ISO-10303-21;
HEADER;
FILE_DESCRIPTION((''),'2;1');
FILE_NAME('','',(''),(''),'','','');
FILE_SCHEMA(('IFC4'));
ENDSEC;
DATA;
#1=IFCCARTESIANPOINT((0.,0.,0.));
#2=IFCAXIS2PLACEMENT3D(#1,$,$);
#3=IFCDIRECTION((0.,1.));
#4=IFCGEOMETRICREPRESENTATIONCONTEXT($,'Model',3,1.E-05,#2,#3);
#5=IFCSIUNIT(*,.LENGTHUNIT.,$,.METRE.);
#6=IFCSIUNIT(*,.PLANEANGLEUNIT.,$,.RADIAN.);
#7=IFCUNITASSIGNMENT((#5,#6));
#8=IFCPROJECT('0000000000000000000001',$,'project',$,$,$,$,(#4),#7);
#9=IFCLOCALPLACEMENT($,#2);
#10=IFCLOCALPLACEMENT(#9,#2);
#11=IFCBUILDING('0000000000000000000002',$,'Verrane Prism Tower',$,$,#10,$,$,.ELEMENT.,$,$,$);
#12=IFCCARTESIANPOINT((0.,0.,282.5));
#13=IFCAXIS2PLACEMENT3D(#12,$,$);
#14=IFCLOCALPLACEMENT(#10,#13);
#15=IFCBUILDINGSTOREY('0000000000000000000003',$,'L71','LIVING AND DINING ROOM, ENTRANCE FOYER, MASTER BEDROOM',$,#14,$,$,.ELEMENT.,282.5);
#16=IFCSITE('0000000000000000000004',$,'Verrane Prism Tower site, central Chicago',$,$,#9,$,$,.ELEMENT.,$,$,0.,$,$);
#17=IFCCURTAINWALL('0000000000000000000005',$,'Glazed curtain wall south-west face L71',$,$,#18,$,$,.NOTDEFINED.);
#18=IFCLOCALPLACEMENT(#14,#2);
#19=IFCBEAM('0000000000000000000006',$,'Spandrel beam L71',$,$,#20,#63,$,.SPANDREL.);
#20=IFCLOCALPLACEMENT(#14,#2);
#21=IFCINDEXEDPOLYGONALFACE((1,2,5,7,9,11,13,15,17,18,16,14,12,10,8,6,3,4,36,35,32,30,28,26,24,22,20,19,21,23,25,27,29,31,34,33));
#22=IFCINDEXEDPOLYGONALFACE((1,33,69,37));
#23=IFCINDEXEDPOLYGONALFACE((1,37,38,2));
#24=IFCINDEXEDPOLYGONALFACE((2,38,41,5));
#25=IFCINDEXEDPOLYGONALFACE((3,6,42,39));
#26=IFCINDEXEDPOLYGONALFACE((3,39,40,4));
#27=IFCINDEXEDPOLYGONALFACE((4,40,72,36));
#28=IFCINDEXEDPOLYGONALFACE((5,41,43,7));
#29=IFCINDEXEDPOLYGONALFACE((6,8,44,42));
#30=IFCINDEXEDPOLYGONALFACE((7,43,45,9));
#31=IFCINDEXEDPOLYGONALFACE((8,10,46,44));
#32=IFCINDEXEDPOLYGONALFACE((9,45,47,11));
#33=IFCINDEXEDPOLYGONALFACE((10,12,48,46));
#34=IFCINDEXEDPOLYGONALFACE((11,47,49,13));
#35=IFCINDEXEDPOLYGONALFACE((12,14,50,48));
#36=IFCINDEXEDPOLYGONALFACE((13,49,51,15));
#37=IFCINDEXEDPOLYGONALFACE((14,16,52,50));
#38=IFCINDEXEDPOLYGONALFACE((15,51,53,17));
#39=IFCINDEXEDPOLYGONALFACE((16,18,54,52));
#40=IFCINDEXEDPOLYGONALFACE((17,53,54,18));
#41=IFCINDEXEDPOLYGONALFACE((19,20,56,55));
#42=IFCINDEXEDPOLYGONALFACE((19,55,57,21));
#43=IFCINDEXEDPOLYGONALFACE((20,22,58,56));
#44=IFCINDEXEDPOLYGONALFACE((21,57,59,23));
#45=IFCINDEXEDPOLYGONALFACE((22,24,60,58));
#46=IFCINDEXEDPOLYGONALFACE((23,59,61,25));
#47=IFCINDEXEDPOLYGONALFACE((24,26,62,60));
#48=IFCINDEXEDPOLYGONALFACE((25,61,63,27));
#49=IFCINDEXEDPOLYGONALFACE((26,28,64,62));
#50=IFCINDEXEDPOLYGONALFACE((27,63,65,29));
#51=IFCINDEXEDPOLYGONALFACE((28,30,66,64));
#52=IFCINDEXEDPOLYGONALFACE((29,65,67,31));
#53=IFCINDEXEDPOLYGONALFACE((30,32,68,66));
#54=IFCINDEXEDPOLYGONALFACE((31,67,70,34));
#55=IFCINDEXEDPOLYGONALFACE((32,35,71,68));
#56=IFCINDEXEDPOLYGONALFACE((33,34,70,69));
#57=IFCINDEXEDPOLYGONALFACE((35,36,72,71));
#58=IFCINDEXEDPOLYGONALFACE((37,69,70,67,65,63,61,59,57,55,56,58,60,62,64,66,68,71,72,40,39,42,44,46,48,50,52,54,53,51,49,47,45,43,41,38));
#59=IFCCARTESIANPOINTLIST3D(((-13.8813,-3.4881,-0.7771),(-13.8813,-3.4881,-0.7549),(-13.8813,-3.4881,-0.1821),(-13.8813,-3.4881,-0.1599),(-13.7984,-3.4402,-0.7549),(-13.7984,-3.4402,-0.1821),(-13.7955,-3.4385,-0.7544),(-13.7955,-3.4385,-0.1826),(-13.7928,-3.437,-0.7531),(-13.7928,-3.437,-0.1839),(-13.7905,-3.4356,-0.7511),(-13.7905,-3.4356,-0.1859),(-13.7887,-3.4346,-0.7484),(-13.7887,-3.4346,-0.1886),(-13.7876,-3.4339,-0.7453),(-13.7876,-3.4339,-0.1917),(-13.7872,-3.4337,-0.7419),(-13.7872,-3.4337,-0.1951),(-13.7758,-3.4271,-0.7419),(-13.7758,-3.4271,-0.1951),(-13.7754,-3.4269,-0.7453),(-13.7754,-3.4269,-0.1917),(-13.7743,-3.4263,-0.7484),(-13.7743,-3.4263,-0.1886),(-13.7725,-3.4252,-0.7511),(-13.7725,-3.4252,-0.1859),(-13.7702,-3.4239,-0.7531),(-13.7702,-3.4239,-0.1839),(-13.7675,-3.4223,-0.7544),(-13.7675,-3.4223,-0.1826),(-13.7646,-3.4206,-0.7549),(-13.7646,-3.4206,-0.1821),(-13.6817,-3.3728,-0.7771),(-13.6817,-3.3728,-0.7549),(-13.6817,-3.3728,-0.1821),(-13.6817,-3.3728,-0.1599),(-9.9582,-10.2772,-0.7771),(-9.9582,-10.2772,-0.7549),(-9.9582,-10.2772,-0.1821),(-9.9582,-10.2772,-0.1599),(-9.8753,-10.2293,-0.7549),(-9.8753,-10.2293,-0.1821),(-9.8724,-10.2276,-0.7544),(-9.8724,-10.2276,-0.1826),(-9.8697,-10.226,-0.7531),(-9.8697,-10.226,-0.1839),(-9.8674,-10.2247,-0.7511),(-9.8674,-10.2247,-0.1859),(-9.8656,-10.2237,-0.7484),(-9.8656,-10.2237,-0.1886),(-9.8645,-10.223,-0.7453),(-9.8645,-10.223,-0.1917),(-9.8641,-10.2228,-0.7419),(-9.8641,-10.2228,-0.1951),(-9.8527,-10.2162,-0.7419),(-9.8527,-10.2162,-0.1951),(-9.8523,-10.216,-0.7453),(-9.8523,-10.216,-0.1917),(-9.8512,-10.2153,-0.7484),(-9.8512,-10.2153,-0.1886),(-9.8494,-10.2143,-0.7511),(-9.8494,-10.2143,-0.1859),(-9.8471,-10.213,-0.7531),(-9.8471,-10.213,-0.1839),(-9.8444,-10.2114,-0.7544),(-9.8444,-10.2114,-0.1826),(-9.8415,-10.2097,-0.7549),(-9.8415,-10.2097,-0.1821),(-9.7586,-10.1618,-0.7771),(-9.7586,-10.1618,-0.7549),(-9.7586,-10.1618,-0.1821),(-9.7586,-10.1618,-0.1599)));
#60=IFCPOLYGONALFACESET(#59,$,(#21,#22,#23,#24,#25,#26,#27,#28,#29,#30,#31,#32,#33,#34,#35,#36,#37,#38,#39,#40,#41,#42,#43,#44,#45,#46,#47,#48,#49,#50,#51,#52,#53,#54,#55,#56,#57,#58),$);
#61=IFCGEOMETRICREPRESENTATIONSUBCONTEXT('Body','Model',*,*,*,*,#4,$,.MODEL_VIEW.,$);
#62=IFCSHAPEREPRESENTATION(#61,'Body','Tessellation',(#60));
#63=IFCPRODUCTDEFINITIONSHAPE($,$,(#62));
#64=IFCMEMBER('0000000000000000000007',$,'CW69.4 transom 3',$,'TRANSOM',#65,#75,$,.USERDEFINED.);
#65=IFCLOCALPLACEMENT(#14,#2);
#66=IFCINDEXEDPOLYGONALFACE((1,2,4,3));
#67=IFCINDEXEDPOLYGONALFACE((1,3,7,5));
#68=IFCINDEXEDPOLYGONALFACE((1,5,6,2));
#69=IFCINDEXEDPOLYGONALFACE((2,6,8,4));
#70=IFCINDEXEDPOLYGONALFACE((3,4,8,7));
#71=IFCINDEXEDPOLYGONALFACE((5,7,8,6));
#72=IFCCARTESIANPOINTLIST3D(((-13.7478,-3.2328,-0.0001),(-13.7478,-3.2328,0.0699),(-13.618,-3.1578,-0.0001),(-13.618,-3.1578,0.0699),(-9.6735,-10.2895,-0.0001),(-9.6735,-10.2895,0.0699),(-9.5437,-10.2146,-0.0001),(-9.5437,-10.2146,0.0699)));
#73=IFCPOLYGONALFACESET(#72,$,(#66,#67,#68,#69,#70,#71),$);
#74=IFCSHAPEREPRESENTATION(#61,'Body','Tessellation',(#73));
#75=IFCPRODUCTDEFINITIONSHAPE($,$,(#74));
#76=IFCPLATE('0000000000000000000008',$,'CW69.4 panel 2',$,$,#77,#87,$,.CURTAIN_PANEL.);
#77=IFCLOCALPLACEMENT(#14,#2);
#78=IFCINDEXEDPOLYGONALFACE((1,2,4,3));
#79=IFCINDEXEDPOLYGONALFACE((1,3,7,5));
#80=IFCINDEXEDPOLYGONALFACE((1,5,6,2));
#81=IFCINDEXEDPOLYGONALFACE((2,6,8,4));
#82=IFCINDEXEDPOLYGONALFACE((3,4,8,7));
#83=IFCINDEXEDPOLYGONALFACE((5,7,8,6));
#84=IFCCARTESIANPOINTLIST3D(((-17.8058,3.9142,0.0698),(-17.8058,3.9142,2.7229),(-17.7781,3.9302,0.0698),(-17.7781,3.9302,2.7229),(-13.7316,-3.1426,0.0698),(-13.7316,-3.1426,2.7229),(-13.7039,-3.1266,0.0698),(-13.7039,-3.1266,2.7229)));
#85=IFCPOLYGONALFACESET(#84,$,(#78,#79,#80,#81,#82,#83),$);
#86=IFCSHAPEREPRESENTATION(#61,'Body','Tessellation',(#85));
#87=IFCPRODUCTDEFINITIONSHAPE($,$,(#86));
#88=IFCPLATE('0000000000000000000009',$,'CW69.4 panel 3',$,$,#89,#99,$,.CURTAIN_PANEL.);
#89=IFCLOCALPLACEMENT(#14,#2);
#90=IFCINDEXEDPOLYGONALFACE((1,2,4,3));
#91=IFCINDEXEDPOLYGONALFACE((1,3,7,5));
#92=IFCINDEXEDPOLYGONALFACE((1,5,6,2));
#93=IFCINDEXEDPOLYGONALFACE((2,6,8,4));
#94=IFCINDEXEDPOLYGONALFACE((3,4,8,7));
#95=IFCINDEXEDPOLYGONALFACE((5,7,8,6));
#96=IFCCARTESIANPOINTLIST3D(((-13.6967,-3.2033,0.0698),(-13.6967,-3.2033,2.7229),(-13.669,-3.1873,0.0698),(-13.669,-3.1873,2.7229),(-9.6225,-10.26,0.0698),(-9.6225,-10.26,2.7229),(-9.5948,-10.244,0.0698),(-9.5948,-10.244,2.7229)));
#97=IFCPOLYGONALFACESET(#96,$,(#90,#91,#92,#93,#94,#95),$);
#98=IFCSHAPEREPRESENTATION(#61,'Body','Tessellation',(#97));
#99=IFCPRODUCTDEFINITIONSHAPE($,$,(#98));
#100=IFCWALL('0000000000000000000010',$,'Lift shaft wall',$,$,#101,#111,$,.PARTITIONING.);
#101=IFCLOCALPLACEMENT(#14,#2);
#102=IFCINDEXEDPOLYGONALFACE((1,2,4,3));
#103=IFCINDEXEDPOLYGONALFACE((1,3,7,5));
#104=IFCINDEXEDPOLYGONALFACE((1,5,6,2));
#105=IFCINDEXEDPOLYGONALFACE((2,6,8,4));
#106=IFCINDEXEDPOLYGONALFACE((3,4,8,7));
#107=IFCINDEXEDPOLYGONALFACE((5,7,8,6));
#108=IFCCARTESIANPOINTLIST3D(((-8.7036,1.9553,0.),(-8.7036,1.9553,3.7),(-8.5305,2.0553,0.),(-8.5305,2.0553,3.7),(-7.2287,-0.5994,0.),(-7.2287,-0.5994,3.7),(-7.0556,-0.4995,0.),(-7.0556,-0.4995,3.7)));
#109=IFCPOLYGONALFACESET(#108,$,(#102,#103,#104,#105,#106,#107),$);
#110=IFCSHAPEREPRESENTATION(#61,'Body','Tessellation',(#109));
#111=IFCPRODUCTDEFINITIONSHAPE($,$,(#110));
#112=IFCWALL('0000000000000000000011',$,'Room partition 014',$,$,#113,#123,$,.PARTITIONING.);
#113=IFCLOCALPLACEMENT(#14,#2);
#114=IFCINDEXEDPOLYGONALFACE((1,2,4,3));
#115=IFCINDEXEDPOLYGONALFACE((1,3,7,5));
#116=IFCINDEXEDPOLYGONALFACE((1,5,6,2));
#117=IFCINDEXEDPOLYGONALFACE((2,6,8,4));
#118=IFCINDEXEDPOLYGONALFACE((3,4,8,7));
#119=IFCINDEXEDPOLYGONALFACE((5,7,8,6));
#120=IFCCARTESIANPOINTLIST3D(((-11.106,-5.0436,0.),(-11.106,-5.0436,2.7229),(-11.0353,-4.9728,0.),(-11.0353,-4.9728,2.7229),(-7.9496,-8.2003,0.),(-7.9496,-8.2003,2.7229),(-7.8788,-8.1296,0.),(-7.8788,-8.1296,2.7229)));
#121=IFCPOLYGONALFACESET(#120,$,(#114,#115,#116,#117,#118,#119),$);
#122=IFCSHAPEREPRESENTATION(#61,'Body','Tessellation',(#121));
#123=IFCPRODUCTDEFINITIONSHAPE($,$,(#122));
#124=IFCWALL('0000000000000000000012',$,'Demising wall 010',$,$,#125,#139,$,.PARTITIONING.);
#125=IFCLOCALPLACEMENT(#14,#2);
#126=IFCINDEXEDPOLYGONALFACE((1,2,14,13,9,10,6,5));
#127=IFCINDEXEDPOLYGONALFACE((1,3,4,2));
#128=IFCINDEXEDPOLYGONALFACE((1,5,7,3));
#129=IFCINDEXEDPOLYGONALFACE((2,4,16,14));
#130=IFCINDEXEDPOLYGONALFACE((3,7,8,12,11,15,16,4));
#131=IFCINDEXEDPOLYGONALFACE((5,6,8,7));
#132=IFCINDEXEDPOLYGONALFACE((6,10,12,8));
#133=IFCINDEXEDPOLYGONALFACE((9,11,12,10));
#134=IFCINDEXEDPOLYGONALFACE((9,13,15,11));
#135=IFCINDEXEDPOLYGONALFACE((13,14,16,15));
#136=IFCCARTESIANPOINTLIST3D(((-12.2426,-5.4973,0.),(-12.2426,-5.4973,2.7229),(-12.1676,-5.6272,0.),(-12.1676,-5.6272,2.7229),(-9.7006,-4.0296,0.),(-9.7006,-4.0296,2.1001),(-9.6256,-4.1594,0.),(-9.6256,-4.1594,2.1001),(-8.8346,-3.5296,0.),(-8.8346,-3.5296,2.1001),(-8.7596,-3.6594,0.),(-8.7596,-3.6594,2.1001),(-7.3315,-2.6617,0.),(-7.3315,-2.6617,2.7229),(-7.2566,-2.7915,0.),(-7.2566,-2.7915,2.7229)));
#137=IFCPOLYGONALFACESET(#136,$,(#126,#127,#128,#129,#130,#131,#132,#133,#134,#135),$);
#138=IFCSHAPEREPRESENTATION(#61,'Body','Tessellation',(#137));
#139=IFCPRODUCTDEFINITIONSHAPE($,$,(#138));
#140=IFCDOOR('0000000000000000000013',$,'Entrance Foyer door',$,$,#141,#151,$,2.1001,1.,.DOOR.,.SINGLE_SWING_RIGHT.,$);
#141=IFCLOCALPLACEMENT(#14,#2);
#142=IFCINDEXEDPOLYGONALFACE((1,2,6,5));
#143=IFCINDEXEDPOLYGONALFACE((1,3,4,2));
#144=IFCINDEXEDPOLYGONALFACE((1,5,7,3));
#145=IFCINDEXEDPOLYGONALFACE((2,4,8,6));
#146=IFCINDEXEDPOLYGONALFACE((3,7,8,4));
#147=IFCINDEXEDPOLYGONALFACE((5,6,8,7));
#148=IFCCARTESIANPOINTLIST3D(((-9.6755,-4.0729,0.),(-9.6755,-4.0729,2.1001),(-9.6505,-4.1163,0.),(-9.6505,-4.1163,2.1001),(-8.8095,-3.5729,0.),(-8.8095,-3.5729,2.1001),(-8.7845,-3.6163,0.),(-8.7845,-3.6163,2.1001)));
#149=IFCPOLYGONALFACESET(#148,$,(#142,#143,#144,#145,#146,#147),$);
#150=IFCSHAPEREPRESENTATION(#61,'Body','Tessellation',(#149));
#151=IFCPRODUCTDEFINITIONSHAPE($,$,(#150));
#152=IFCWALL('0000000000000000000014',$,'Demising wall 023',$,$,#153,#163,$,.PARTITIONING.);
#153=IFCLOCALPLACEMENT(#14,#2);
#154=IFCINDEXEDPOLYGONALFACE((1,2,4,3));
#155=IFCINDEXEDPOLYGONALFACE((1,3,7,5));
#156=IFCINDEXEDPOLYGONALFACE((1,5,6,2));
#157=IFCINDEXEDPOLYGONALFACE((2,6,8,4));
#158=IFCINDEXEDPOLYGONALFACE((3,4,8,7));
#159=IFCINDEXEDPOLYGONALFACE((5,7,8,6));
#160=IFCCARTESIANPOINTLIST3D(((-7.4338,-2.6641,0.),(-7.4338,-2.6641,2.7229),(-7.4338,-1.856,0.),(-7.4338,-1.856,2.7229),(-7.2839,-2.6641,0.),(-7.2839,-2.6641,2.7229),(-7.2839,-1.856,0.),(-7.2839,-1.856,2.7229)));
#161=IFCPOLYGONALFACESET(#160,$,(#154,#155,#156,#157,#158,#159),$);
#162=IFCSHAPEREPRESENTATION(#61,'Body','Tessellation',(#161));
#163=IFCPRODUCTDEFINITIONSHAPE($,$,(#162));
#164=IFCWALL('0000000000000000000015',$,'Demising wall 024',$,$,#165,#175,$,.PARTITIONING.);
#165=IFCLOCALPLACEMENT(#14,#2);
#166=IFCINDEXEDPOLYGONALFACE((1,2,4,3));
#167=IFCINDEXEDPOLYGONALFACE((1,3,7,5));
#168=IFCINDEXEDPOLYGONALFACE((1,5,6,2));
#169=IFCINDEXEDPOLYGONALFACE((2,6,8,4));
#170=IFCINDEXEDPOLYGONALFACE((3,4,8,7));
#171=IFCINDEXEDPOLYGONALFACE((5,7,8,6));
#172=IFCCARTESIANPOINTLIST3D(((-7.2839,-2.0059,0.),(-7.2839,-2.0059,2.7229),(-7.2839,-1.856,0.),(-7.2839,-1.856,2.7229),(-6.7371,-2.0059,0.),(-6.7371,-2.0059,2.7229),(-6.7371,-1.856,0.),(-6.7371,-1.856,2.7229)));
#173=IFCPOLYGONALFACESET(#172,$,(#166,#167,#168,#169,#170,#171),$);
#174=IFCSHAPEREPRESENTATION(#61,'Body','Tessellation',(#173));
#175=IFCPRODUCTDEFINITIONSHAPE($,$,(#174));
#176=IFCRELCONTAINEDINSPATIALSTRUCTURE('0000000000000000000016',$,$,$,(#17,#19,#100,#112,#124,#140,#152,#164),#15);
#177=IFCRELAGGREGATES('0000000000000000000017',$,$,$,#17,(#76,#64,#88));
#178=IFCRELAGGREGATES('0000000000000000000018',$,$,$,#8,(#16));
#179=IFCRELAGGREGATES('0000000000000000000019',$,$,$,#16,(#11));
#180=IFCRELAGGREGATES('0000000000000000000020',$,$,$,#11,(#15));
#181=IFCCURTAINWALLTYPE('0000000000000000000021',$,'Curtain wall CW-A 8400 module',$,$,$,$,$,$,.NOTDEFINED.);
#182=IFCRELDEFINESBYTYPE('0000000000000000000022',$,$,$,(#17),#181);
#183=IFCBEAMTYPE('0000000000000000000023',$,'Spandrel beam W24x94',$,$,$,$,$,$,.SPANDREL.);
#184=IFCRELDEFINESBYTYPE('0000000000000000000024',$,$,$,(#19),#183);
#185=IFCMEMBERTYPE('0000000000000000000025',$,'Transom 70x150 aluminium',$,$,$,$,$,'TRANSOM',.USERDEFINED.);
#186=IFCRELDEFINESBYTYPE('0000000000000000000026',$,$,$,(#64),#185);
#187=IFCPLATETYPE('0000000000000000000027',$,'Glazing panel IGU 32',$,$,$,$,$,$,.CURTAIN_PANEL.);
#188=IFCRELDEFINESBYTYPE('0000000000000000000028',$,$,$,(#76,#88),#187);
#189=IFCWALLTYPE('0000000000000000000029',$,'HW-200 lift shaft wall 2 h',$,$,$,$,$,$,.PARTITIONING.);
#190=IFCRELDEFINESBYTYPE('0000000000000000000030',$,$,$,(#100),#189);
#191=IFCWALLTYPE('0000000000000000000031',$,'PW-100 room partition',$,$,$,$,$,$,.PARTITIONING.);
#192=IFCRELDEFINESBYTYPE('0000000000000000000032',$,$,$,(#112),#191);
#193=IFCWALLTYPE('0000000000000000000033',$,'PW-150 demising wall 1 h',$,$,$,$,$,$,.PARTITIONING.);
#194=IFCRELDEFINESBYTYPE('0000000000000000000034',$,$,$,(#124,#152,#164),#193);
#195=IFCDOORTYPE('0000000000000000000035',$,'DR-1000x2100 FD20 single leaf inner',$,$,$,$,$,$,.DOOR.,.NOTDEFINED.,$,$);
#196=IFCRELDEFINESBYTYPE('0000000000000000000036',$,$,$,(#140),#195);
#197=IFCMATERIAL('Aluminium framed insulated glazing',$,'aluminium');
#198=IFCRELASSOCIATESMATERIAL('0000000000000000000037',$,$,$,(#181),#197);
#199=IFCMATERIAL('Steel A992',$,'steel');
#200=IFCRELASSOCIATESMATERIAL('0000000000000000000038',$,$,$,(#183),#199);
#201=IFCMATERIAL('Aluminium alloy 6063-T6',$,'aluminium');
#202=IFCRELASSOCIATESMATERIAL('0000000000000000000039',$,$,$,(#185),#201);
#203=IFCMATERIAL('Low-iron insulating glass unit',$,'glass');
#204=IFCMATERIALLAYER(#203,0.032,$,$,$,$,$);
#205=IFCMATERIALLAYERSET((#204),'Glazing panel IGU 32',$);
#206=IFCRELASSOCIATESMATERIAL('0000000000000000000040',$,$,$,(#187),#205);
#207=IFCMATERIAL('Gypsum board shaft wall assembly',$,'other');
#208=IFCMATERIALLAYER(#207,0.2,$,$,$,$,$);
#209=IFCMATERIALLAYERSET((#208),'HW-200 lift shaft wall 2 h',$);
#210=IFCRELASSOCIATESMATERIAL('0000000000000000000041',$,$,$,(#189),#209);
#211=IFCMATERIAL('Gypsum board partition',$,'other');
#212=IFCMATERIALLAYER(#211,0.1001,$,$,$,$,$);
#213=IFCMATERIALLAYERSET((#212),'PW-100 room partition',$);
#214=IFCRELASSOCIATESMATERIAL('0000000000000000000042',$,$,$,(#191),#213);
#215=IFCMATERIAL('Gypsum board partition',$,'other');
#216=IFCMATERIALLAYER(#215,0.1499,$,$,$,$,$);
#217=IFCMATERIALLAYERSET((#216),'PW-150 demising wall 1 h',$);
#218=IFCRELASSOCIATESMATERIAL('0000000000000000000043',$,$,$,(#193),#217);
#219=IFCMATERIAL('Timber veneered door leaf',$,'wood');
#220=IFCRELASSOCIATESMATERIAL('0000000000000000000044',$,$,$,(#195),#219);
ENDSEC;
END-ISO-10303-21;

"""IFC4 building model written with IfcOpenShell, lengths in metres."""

from ifc_helpers import new_model, si_unit, direction, frame, frame_2d, origin, origin_2d, place, context, subcontext, project, spatial, rectangle, i_section, extrude, material, layer, layer_set, material_profile, profile_set, type_object, element, fill, aggregate, save


model = new_model("IFC4")

# Units and contexts
model_context = context("Model", 3, precision=1e-05, world=origin(), true_north=direction((0.0, 1.0)))
body_context = subcontext(model_context, "Body", "Model", "MODEL_VIEW")
ifc_project = project(units=[si_unit("LENGTHUNIT", "METRE"), si_unit("PLANEANGLEUNIT", "RADIAN")], contexts=[model_context])

# Site, building, storey
site_placement = place(None, origin())
site = spatial("IfcSite", under=ifc_project, at=site_placement, Name="Verrane Prism Tower site, central Chicago", CompositionType="ELEMENT", RefElevation=0.0)
building_placement = place(site_placement, origin())
building = spatial("IfcBuilding", under=site, at=building_placement, Name="Verrane Prism Tower", CompositionType="ELEMENT")
storey_placement = place(building_placement, frame((0.0, 0.0, 282.5)))
storey = spatial("IfcBuildingStorey", under=building, at=storey_placement, Name="L71", Description="LIVING AND DINING ROOM, ENTRANCE FOYER, MASTER BEDROOM", CompositionType="ELEMENT", Elevation=282.5)

# Curtain wall
ifc_material_1 = material(Name="Aluminium framed insulated glazing", Category="aluminium")
curtain_wall_type = type_object("IfcCurtainWallType", Name="Curtain wall CW-A 8400 module", PredefinedType="NOTDEFINED", material=ifc_material_1)
curtain_wall_placement = place(storey_placement, origin())
curtain_wall = element("IfcCurtainWall", 1, at=curtain_wall_placement, inside=storey, type_object=curtain_wall_type, Name="Glazed curtain wall south-west face L71", PredefinedType="NOTDEFINED")

# Beam
ifc_material_2 = material(Name="Steel A992", Category="steel")
ifc_material_profile_1 = material_profile(ifc_material_2, i_section(OverallWidth=0.2305, OverallDepth=0.6172, WebThickness=0.0132, FlangeThickness=0.0222, FilletRadius=0.0129, at=origin_2d()), Name="W24x94")
ifc_profile_set_1 = profile_set([ifc_material_profile_1], Name="Steel A992")
beam_type_1 = type_object("IfcBeamType", Name="Spandrel beam W24x94", PredefinedType="SPANDREL", material=ifc_profile_set_1)
beam_1_placement = place(storey_placement, frame((-13.7815, -3.4304, -0.4685), z_axis=(0.500328, -0.865836, 0.0), x_axis=(0.865836, 0.500328, 0.0)))
element("IfcBeam", 2, at=beam_1_placement, inside=storey, type_object=beam_type_1, Name="Spandrel beam L71", PredefinedType="SPANDREL", context=body_context, shape_type="SweptSolid", body=[
    extrude(i_section(OverallWidth=0.2305, OverallDepth=0.6172, WebThickness=0.0132, FlangeThickness=0.0222, FilletRadius=0.0129, at=origin_2d()), origin(), (0.0, 0.0, 1.0), 7.8411),
])

# Member
ifc_material_3 = material(Name="Aluminium alloy 6063-T6", Category="aluminium")
ifc_material_profile_2 = material_profile(ifc_material_3, rectangle(XDim=0.1499, YDim=0.0701, at=origin_2d()), Name="Transom 70x150 aluminium")
ifc_profile_set_2 = profile_set([ifc_material_profile_2], Name="Aluminium alloy 6063-T6")
member_type_1 = type_object("IfcMemberType", Name="Transom 70x150 aluminium", ElementType="TRANSOM", PredefinedType="USERDEFINED", material=ifc_profile_set_2)
member_1_placement = place(storey_placement, frame((-13.6829, -3.1953, 0.0349), z_axis=(0.500006, -0.866022, 0.0), x_axis=(0.866022, 0.500006, 0.0)))
member_1 = element("IfcMember", 3, at=member_1_placement, type_object=member_type_1, Name="CW69.4 transom 3", ObjectType="TRANSOM", PredefinedType="USERDEFINED", context=body_context, shape_type="SweptSolid", body=[
    extrude(rectangle(XDim=0.1499, YDim=0.0701, at=origin_2d()), origin(), (0.0, 0.0, 1.0), 8.1484),
])

# Plates
ifc_material_4 = material(Name="Low-iron insulating glass unit", Category="glass")
ifc_layer_1 = layer(ifc_material_4, 0.032)
ifc_layer_set_1 = layer_set([ifc_layer_1], Name="Glazing panel IGU 32")
plate_type = type_object("IfcPlateType", Name="Glazing panel IGU 32", PredefinedType="CURTAIN_PANEL", material=ifc_layer_set_1)
plate_1_placement = place(storey_placement, frame((-15.7549, 0.3938, 0.0698), z_axis=(0.0, 0.0, 1.0), x_axis=(0.500001, -0.866025, 0.0)))
plate_1 = element("IfcPlate", 4, at=plate_1_placement, type_object=plate_type, Name="CW69.4 panel 2", PredefinedType="CURTAIN_PANEL", context=body_context, shape_type="SweptSolid", body=[
    extrude(rectangle(XDim=8.1484, YDim=0.032, at=origin_2d()), origin(), (0.0, 0.0, 1.0), 2.6531),
])
plate_2_placement = place(storey_placement, frame((-11.6458, -6.7236, 0.0698), z_axis=(0.0, 0.0, 1.0), x_axis=(0.500001, -0.866025, 0.0)))
plate_2 = element("IfcPlate", 5, at=plate_2_placement, type_object=plate_type, Name="CW69.4 panel 3", PredefinedType="CURTAIN_PANEL", context=body_context, shape_type="SweptSolid", body=[
    extrude(rectangle(XDim=8.1484, YDim=0.032, at=origin_2d()), origin(), (0.0, 0.0, 1.0), 2.6531),
])
aggregate(curtain_wall, [plate_1, member_1, plate_2])

# Walls
ifc_material_5 = material(Name="Gypsum board shaft wall assembly", Category="other")
ifc_layer_2 = layer(ifc_material_5, 0.2)
ifc_layer_set_2 = layer_set([ifc_layer_2], Name="HW-200 lift shaft wall 2 h")
wall_type_1 = type_object("IfcWallType", Name="HW-200 lift shaft wall 2 h", PredefinedType="PARTITIONING", material=ifc_layer_set_2)
wall_1_placement = place(storey_placement, frame((-7.1421, -0.5496, 0.0), z_axis=(0.0, 0.0, 1.0), x_axis=(-0.499976, 0.866039, 0.0)))
element("IfcWall", 6, at=wall_1_placement, inside=storey, type_object=wall_type_1, Name="Lift shaft wall", PredefinedType="PARTITIONING", context=body_context, shape_type="SweptSolid", body=[
    extrude(rectangle(XDim=2.95, YDim=0.2, at=frame_2d((1.4751, 0.0))), origin(), (0.0, 0.0, 1.0), 3.7),
])
ifc_material_6 = material(Name="Gypsum board partition", Category="other")
ifc_layer_3 = layer(ifc_material_6, 0.1001)
ifc_layer_set_3 = layer_set([ifc_layer_3], Name="PW-100 room partition")
wall_type_2 = type_object("IfcWallType", Name="PW-100 room partition", PredefinedType="PARTITIONING", material=ifc_layer_set_3)
wall_2_placement = place(storey_placement, frame((-11.0706, -5.0083, 0.0), z_axis=(0.0, 0.0, 1.0), x_axis=(0.707079, -0.707134, 0.0)))
element("IfcWall", 7, at=wall_2_placement, inside=storey, type_object=wall_type_2, Name="Room partition 014", PredefinedType="PARTITIONING", context=body_context, shape_type="SweptSolid", body=[
    extrude(rectangle(XDim=4.4641, YDim=0.1001, at=frame_2d((2.2319, 0.0))), origin(), (0.0, 0.0, 1.0), 2.7229),
])

# Wall, opening, door
ifc_material_7 = material(Name="Gypsum board partition", Category="other")
ifc_layer_4 = layer(ifc_material_7, 0.1499)
ifc_layer_set_4 = layer_set([ifc_layer_4], Name="PW-150 demising wall 1 h")
wall_type_3 = type_object("IfcWallType", Name="PW-150 demising wall 1 h", PredefinedType="PARTITIONING", material=ifc_layer_set_4)
wall_3_placement = place(storey_placement, frame((-12.2051, -5.5623, 0.0), z_axis=(0.0, 0.0, 1.0), x_axis=(0.866006, 0.500033, 0.0)))
wall_3 = element("IfcWall", 8, at=wall_3_placement, inside=storey, type_object=wall_type_3, Name="Demising wall 010", PredefinedType="PARTITIONING", context=body_context, shape_type="SweptSolid", body=[
    extrude(rectangle(XDim=5.6709, YDim=0.1499, at=frame_2d((2.8354, 0.0))), origin(), (0.0, 0.0, 1.0), 2.7229),
])
opening_1_placement = place(wall_3_placement, frame((2.9353, 0.0, 0.0)))
opening_1 = element("IfcOpeningElement", 9, at=opening_1_placement, cuts=wall_3, PredefinedType="OPENING", context=body_context, shape_type="SweptSolid", body=[
    extrude(rectangle(XDim=1.0, YDim=2.1001, at=frame_2d((0.5, 1.05))), frame((0.0, 0.085, 0.0), z_axis=(0.0, -1.0, 0.0), x_axis=(1.0, 0.0, 0.0)), (0.0, 0.0, 1.0), 0.1699),
])
ifc_material_8 = material(Name="Timber veneered door leaf", Category="wood")
door_type_1 = type_object("IfcDoorType", Name="DR-1000x2100 FD20 single leaf inner", OperationType="NOTDEFINED", PredefinedType="DOOR", material=ifc_material_8)
door_1_placement = place(opening_1_placement, origin())
door_1 = element("IfcDoor", 10, at=door_1_placement, inside=storey, type_object=door_type_1, Name="Entrance Foyer door", OperationType="SINGLE_SWING_RIGHT", OverallHeight=2.1001, OverallWidth=1.0, PredefinedType="DOOR", context=body_context, shape_type="SweptSolid", body=[
    extrude(rectangle(XDim=1.0, YDim=2.1001, at=frame_2d((0.5, 1.05))), frame((0.0, 0.0249, 0.0), z_axis=(0.0, -1.0, 0.0), x_axis=(1.0, 0.0, 0.0)), (0.0, 0.0, 1.0), 0.05),
])
fill(opening_1, door_1)

# Walls
wall_4_placement = place(storey_placement, frame((-7.3589, -2.6641, 0.0), z_axis=(0.0, 0.0, 1.0), x_axis=(0.0, 1.0, 0.0)))
element("IfcWall", 11, at=wall_4_placement, inside=storey, type_object=wall_type_3, Name="Demising wall 023", PredefinedType="PARTITIONING", context=body_context, shape_type="SweptSolid", body=[
    extrude(rectangle(XDim=0.8081, YDim=0.1499, at=frame_2d((0.4041, 0.0))), origin(), (0.0, 0.0, 1.0), 2.7229),
])
wall_5_placement = place(storey_placement, frame((-7.2839, -1.9309, 0.0), z_axis=(0.0, 0.0, 1.0), x_axis=(1.0, 0.0, 0.0)))
element("IfcWall", 12, at=wall_5_placement, inside=storey, type_object=wall_type_3, Name="Demising wall 024", PredefinedType="PARTITIONING", context=body_context, shape_type="SweptSolid", body=[
    extrude(rectangle(XDim=0.5469, YDim=0.1499, at=frame_2d((0.2734, 0.0))), origin(), (0.0, 0.0, 1.0), 2.7229),
])

save(model, "model.ifc")
